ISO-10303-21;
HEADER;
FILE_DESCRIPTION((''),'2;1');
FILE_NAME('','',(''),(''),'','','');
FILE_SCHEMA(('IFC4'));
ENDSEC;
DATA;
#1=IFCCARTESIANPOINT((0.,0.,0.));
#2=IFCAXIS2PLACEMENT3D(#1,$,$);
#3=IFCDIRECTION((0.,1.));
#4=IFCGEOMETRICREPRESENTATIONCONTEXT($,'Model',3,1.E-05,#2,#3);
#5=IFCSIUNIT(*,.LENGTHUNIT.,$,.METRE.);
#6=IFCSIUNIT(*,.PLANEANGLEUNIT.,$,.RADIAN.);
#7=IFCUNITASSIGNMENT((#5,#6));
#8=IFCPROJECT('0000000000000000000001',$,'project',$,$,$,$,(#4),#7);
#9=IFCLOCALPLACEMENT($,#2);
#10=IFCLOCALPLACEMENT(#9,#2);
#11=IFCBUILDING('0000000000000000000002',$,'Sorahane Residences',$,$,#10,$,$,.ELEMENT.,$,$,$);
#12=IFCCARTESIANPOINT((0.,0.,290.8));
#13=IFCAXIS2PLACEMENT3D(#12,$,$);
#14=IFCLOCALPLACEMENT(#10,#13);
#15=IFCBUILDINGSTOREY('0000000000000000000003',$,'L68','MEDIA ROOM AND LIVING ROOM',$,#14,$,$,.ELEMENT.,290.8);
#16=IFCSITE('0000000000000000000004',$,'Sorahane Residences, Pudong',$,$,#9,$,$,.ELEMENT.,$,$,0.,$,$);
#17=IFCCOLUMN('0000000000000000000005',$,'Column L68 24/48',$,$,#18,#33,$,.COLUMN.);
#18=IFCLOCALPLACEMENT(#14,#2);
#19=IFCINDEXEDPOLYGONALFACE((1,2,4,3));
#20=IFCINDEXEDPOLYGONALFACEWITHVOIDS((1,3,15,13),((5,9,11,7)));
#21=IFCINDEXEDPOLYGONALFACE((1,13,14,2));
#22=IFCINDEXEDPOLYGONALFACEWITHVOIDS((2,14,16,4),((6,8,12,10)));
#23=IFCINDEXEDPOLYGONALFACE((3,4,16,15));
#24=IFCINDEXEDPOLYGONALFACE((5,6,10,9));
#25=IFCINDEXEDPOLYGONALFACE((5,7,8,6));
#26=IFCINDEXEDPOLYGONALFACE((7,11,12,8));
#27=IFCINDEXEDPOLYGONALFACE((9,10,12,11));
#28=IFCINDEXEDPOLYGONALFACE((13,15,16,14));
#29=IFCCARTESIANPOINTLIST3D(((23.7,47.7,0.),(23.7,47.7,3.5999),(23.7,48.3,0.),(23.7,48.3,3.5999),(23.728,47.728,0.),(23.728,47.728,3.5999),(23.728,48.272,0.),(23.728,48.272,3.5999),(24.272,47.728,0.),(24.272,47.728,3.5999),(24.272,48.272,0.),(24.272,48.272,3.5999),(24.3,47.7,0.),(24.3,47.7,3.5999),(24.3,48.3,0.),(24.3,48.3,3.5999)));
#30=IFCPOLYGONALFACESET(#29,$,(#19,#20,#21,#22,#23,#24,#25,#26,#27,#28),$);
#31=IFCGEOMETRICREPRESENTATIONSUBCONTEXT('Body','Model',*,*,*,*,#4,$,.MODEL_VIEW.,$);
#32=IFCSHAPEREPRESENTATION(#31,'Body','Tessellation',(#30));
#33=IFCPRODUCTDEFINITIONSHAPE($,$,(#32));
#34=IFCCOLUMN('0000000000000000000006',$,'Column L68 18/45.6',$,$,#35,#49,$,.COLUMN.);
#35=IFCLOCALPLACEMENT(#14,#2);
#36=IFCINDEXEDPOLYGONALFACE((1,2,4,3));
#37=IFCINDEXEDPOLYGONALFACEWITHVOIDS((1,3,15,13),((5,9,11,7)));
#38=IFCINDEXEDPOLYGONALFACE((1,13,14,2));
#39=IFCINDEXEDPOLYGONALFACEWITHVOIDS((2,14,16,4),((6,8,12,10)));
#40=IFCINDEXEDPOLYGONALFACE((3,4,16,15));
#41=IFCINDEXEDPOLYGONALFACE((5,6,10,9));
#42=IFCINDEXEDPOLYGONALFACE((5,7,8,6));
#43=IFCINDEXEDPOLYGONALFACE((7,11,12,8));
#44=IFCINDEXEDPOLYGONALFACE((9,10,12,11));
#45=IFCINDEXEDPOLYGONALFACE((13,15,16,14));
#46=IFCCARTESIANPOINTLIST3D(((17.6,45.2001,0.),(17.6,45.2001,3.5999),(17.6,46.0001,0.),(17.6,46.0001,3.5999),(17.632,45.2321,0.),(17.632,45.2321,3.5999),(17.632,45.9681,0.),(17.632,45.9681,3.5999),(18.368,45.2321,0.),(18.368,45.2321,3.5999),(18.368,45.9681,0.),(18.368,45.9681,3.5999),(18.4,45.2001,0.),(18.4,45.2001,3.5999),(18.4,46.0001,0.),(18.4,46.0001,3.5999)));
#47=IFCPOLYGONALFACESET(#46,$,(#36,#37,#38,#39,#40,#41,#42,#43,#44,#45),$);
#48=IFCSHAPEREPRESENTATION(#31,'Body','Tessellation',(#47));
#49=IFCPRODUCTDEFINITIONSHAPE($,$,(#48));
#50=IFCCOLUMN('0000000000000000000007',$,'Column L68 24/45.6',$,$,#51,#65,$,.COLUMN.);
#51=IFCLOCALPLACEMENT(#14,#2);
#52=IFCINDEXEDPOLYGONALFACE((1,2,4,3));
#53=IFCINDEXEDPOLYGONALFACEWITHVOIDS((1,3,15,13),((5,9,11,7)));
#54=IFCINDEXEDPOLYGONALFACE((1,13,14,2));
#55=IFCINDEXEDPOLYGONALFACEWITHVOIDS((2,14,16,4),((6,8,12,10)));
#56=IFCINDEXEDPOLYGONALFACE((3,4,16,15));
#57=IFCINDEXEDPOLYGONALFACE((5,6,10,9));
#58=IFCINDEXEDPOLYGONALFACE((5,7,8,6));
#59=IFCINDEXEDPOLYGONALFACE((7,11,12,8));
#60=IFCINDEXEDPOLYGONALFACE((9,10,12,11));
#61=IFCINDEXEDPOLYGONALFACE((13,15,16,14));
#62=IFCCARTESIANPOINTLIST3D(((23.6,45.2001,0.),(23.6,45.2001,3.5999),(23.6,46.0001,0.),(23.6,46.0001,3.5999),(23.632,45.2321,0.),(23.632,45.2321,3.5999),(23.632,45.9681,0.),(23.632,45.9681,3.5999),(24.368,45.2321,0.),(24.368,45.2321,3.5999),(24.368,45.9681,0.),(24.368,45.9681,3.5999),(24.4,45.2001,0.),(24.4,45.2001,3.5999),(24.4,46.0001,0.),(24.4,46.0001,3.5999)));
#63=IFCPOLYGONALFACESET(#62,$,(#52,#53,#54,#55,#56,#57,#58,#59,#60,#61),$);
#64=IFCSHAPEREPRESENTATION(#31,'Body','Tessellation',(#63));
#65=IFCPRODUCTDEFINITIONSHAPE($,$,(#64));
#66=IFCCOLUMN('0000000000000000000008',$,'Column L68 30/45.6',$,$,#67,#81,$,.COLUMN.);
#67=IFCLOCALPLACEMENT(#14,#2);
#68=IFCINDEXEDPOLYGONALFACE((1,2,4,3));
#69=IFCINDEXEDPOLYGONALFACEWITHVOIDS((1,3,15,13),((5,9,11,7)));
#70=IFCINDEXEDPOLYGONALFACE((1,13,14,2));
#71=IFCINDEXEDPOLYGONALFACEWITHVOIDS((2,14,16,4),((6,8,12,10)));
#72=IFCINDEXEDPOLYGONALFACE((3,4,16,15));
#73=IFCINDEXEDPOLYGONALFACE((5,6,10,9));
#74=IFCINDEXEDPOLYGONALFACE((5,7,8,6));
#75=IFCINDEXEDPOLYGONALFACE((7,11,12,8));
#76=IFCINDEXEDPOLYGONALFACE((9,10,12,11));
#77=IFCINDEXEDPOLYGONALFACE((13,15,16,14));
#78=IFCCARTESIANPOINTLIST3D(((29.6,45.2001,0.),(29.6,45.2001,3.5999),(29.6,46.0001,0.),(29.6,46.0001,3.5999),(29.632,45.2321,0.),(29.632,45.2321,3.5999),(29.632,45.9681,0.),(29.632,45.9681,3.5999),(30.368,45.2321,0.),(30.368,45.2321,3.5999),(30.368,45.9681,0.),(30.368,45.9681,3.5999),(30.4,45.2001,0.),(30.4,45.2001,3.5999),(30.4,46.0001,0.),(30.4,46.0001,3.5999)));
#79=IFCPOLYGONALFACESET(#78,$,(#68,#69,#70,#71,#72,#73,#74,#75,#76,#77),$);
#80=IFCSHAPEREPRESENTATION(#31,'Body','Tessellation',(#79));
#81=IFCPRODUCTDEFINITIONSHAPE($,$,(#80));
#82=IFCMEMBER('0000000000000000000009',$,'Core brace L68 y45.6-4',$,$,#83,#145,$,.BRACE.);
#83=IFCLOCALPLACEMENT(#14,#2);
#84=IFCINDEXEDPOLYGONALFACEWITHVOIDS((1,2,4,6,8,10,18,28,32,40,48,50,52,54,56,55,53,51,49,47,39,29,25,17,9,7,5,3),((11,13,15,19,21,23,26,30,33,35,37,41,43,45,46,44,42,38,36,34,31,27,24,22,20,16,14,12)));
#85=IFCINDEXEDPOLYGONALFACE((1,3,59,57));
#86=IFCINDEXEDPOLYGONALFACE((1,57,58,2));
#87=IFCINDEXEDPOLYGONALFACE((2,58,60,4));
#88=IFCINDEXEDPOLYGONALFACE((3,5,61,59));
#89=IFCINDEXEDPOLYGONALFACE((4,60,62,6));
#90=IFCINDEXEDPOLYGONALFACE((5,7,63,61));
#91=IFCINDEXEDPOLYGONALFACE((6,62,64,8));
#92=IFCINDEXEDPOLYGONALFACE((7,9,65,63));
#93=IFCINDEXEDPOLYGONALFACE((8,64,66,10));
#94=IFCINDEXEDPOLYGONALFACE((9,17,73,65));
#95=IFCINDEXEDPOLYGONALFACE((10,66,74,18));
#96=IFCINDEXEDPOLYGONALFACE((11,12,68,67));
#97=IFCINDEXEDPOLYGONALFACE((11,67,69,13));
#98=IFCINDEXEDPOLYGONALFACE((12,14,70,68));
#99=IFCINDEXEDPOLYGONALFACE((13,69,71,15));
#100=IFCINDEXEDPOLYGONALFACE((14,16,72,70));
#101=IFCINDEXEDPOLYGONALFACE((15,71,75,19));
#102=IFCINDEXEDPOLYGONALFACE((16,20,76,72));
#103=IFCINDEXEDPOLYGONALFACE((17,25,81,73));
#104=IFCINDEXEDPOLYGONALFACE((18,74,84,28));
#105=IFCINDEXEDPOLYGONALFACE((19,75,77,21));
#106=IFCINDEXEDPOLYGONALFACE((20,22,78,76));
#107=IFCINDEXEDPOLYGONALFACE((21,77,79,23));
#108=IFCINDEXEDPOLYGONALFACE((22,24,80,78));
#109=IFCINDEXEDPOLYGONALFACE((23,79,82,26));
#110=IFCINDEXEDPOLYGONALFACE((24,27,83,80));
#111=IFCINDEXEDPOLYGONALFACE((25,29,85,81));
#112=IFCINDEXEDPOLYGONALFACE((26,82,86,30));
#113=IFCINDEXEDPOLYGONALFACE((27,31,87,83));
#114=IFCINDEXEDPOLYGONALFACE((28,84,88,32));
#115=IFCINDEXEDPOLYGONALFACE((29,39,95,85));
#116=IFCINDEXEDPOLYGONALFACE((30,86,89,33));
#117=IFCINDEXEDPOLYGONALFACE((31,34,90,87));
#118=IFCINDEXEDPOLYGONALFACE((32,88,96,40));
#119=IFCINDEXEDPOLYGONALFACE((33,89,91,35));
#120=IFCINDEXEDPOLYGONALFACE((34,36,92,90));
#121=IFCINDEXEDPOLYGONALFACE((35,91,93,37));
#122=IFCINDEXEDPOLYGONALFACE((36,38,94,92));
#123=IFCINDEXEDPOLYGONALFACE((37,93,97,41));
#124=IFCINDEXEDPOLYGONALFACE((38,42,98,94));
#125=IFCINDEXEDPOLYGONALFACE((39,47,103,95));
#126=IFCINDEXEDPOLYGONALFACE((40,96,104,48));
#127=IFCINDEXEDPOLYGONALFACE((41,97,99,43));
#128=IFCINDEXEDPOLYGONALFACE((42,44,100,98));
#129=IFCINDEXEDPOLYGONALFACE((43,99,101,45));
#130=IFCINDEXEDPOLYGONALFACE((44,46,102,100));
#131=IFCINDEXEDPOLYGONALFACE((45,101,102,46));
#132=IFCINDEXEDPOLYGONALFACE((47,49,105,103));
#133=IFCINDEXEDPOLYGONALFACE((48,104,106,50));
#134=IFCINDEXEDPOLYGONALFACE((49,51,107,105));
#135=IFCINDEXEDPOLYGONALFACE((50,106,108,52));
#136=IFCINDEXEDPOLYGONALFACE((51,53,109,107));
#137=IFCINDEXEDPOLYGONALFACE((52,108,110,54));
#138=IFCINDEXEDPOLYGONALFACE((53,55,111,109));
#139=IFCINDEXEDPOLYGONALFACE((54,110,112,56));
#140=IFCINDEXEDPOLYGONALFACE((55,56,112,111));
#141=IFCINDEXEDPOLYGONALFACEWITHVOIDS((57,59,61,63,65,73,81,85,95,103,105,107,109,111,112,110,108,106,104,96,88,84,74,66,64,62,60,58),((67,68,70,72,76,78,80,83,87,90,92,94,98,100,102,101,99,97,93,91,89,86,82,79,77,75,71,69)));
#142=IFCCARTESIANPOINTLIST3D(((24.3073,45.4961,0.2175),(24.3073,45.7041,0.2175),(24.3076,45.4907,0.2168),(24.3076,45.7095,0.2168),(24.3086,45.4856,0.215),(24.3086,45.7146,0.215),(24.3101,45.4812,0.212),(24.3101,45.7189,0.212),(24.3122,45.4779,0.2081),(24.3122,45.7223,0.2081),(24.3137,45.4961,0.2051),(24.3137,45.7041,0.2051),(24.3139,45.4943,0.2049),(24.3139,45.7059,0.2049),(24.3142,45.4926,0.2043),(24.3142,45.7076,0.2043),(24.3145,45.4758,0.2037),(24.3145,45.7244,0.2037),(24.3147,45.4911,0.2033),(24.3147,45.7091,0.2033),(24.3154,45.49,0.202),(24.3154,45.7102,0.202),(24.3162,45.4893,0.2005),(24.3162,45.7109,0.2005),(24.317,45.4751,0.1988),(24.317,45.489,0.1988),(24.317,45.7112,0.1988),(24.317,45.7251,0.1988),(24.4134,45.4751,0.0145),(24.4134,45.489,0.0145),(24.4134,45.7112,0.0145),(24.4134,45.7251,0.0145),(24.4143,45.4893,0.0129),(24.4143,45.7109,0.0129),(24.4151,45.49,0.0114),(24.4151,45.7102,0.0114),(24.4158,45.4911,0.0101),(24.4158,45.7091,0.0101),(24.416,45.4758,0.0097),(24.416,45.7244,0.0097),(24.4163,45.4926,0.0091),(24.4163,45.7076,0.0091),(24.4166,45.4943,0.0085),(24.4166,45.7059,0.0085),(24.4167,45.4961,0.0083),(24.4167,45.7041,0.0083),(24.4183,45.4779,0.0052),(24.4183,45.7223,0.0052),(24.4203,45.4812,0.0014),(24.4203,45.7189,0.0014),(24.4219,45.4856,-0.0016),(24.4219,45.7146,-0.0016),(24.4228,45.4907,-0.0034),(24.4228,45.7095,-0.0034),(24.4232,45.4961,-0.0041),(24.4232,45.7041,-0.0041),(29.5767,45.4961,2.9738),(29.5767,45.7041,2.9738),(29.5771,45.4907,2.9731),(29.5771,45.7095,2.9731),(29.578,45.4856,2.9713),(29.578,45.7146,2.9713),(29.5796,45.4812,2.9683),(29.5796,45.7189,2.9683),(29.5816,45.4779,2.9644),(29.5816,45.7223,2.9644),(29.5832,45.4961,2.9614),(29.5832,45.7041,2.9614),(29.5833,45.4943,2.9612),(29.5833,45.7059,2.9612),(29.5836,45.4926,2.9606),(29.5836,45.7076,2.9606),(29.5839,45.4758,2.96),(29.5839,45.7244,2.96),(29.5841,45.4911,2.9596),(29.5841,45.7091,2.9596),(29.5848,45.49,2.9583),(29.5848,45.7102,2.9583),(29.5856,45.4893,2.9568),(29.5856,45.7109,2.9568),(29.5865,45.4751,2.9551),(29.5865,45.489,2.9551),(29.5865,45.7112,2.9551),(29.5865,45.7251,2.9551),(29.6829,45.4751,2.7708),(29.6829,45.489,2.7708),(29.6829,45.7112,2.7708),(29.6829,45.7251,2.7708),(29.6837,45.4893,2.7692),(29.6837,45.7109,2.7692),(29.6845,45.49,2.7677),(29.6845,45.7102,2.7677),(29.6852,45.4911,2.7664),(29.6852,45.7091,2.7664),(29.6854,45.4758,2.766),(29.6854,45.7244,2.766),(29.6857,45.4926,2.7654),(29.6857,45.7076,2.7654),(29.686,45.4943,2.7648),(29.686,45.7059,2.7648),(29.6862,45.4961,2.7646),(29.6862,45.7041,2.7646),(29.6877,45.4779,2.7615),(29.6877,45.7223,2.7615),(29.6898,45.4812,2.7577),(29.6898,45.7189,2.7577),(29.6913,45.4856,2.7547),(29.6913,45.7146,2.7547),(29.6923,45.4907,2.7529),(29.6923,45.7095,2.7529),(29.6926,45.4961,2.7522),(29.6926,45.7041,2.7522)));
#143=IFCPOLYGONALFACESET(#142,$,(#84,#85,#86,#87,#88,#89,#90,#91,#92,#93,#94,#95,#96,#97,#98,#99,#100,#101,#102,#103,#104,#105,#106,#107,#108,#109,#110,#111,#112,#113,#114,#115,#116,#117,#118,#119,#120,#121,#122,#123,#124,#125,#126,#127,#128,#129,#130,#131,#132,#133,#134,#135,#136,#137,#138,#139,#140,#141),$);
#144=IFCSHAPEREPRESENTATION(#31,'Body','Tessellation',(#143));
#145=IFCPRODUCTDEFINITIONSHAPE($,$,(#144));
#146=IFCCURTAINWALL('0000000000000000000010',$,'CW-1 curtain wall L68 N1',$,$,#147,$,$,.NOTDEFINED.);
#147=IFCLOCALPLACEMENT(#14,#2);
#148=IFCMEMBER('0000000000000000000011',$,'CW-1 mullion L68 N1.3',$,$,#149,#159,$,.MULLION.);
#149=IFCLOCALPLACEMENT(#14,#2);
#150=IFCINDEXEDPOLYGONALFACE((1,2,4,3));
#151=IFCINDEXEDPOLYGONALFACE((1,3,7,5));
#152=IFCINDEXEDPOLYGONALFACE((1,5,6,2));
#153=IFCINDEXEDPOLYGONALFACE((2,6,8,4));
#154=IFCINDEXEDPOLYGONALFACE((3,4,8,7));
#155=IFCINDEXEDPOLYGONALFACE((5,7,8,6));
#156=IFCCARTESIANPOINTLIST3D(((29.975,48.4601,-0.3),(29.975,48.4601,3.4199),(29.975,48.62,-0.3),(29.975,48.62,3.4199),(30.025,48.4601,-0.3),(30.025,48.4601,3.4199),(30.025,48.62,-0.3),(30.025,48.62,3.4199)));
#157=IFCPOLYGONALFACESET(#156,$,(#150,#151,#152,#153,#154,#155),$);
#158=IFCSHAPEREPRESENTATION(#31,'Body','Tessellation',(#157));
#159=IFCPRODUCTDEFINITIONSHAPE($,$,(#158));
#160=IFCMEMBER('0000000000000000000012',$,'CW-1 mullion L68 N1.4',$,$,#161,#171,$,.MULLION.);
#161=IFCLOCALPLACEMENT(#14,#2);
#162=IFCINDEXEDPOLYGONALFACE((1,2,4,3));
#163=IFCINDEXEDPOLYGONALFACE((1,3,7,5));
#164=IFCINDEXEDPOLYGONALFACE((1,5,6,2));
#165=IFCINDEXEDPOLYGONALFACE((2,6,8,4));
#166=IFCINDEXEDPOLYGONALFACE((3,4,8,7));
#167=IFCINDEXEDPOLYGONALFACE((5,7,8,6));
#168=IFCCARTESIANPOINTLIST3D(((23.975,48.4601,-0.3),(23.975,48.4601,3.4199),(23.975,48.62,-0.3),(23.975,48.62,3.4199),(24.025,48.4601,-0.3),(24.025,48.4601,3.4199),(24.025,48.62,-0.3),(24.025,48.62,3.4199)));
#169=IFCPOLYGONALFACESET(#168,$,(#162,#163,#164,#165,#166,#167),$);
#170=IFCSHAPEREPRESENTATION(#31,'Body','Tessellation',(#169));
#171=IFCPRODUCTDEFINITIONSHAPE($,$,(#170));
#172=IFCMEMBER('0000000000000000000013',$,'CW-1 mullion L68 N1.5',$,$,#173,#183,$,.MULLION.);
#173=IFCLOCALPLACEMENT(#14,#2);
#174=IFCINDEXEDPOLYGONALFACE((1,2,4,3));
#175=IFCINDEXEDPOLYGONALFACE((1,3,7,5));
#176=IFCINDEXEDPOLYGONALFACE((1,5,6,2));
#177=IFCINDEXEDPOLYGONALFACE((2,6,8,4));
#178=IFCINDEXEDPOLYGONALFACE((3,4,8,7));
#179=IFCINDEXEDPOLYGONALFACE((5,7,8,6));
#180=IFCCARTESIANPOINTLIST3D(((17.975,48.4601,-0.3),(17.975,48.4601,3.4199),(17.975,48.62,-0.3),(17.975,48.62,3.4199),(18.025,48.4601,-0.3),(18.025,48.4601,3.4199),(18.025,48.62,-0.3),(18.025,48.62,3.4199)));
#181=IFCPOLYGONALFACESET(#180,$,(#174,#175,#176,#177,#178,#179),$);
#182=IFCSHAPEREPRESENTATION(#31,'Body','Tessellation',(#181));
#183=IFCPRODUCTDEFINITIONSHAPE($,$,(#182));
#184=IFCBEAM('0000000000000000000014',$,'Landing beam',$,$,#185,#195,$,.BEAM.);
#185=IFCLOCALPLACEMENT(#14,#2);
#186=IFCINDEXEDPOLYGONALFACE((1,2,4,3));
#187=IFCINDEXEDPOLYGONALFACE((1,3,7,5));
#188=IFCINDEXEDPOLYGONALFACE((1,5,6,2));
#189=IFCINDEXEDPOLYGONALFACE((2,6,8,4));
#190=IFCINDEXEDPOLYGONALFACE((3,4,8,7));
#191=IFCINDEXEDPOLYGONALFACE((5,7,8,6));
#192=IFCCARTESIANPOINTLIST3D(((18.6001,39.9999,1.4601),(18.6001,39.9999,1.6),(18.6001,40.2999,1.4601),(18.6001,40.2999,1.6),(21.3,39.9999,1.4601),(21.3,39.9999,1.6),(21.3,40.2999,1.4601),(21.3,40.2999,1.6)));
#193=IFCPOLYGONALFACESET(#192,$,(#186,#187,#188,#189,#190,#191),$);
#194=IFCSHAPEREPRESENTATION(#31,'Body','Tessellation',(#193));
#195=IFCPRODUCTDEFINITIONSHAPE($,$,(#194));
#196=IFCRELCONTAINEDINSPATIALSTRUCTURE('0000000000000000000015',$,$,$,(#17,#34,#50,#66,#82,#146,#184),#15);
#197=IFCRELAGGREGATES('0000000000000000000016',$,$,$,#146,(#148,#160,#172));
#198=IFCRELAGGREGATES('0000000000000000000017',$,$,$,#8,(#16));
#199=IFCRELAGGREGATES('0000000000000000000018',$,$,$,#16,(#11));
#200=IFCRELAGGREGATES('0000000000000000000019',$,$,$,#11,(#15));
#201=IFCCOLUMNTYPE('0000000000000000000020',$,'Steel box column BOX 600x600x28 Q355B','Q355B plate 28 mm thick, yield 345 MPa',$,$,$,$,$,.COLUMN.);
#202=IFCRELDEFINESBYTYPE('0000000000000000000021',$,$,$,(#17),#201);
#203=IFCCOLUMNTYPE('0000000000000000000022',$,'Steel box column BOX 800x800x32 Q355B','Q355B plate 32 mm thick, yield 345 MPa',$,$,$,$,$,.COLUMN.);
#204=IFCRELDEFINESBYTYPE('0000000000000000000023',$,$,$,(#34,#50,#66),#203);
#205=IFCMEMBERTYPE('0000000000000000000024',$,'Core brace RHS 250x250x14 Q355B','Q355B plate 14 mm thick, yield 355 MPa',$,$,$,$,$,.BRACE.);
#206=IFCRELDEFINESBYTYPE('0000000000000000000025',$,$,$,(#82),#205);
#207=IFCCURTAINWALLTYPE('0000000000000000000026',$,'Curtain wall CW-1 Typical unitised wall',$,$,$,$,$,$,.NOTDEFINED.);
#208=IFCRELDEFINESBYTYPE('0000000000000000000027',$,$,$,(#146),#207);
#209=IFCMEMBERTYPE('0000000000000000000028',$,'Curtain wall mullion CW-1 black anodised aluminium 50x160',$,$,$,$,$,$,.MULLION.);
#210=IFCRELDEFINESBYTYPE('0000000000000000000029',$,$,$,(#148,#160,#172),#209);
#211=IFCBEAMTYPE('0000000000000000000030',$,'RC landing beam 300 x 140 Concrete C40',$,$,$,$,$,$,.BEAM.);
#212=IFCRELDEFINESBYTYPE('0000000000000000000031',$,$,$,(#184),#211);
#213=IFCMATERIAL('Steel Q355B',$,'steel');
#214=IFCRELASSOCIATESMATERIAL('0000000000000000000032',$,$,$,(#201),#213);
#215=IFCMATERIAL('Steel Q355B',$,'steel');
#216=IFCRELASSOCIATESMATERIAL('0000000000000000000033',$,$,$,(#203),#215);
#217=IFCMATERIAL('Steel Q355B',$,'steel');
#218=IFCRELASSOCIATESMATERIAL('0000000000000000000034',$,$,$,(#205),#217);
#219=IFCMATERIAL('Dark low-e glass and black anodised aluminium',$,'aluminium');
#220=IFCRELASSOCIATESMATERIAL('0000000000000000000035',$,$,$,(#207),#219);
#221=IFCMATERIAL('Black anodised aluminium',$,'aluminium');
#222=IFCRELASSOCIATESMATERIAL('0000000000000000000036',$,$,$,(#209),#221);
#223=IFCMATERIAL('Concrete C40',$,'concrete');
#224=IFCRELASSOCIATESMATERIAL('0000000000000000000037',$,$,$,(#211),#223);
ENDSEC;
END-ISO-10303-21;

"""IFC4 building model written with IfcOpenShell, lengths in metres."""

from ifc_helpers import new_model, si_unit, direction, frame, origin, origin_2d, place, context, subcontext, project, spatial, rectangle, hollow_rectangle, extrude, material, material_profile, profile_set, type_object, element, aggregate, save


model = new_model("IFC4")

# Units and contexts
model_context = context("Model", 3, precision=1e-05, world=origin(), true_north=direction((0.0, 1.0)))
body_context = subcontext(model_context, "Body", "Model", "MODEL_VIEW")
ifc_project = project(units=[si_unit("LENGTHUNIT", "METRE"), si_unit("PLANEANGLEUNIT", "RADIAN")], contexts=[model_context])

# Site, building, storey
site_placement = place(None, origin())
site = spatial("IfcSite", under=ifc_project, at=site_placement, Name="Sorahane Residences, Pudong", CompositionType="ELEMENT", RefElevation=0.0)
building_placement = place(site_placement, origin())
building = spatial("IfcBuilding", under=site, at=building_placement, Name="Sorahane Residences", CompositionType="ELEMENT")
storey_placement = place(building_placement, frame((0.0, 0.0, 290.8)))
storey = spatial("IfcBuildingStorey", under=building, at=storey_placement, Name="L68", Description="MEDIA ROOM AND LIVING ROOM", CompositionType="ELEMENT", Elevation=290.8)

# Columns
ifc_material_1 = material(Name="Steel Q355B", Category="steel")
ifc_material_profile_1 = material_profile(ifc_material_1, hollow_rectangle(XDim=0.6001, YDim=0.6001, WallThickness=0.0281, at=origin_2d()), Name="BOX 600x600x28")
ifc_profile_set_1 = profile_set([ifc_material_profile_1], Name="Steel Q355B")
column_type_1 = type_object("IfcColumnType", Name="Steel box column BOX 600x600x28 Q355B", Description="Q355B plate 28 mm thick, yield 345 MPa", PredefinedType="COLUMN", material=ifc_profile_set_1)
column_placement = place(storey_placement, frame((24.0, 48.0, 0.0), z_axis=(0.0, 0.0, 1.0), x_axis=(1.0, 0.0, 0.0)))
element("IfcColumn", 1, at=column_placement, inside=storey, type_object=column_type_1, Name="Column L68 24/48", PredefinedType="COLUMN", context=body_context, shape_type="SweptSolid", body=[
    extrude(hollow_rectangle(XDim=0.6001, YDim=0.6001, WallThickness=0.0281, at=origin_2d()), origin(), (0.0, 0.0, 1.0), 3.5999),
])
ifc_material_2 = material(Name="Steel Q355B", Category="steel")
ifc_material_profile_2 = material_profile(ifc_material_2, hollow_rectangle(XDim=0.8, YDim=0.8, WallThickness=0.032, at=origin_2d()), Name="BOX 800x800x32")
ifc_profile_set_2 = profile_set([ifc_material_profile_2], Name="Steel Q355B")
column_type_2 = type_object("IfcColumnType", Name="Steel box column BOX 800x800x32 Q355B", Description="Q355B plate 32 mm thick, yield 345 MPa", PredefinedType="COLUMN", material=ifc_profile_set_2)
for number, where, z_axis, x_axis, name in (
    (2, (18.0, 45.6001, 0.0), (0.0, 0.0, 1.0), (1.0, 0.0, 0.0), "Column L68 18/45.6"),
    (3, (24.0, 45.6001, 0.0), (0.0, 0.0, 1.0), (1.0, 0.0, 0.0), "Column L68 24/45.6"),
    (4, (30.0, 45.6001, 0.0), (0.0, 0.0, 1.0), (1.0, 0.0, 0.0), "Column L68 30/45.6"),
):
    element("IfcColumn", number, at=place(storey_placement, frame(where, z_axis=z_axis, x_axis=x_axis)), inside=storey, type_object=column_type_2, Name=name, PredefinedType="COLUMN", context=body_context, shape_type="SweptSolid", body=[
        extrude(hollow_rectangle(XDim=0.8, YDim=0.8, WallThickness=0.032, at=origin_2d()), origin(), (0.0, 0.0, 1.0), 3.5999),
    ])

# Member
ifc_material_3 = material(Name="Steel Q355B", Category="steel")
ifc_material_profile_3 = material_profile(ifc_material_3, hollow_rectangle(XDim=0.25, YDim=0.25, WallThickness=0.0139, InnerFilletRadius=0.0071, OuterFilletRadius=0.021, at=origin_2d()), Name="RHS 250x250x14")
ifc_profile_set_3 = profile_set([ifc_material_profile_3], Name="Steel Q355B")
member_type_1 = type_object("IfcMemberType", Name="Core brace RHS 250x250x14 Q355B", Description="Q355B plate 14 mm thick, yield 355 MPa", PredefinedType="BRACE", material=ifc_profile_set_3)
member_1_placement = place(storey_placement, frame((24.3652, 45.6001, 0.1067), z_axis=(0.8861, 0.0, 0.463495), x_axis=(0.0, 1.0, 0.0)))
element("IfcMember", 5, at=member_1_placement, inside=storey, type_object=member_type_1, Name="Core brace L68 y45.6-4", PredefinedType="BRACE", context=body_context, shape_type="SweptSolid", body=[
    extrude(hollow_rectangle(XDim=0.25, YDim=0.25, WallThickness=0.0139, InnerFilletRadius=0.0071, OuterFilletRadius=0.021, at=origin_2d()), origin(), (0.0, 0.0, 1.0), 5.9468),
])

# Curtain wall, members
ifc_material_4 = material(Name="Dark low-e glass and black anodised aluminium", Category="aluminium")
curtain_wall_type = type_object("IfcCurtainWallType", Name="Curtain wall CW-1 Typical unitised wall", PredefinedType="NOTDEFINED", material=ifc_material_4)
curtain_wall_placement = place(storey_placement, origin())
curtain_wall = element("IfcCurtainWall", 6, at=curtain_wall_placement, inside=storey, type_object=curtain_wall_type, Name="CW-1 curtain wall L68 N1", PredefinedType="NOTDEFINED")
ifc_material_5 = material(Name="Black anodised aluminium", Category="aluminium")
ifc_material_profile_4 = material_profile(ifc_material_5, rectangle(XDim=0.1599, YDim=0.05, at=origin_2d()), Name="Curtain wall mullion CW-1 black anodised aluminium 50x160")
ifc_profile_set_4 = profile_set([ifc_material_profile_4], Name="Black anodised aluminium")
member_type_2 = type_object("IfcMemberType", Name="Curtain wall mullion CW-1 black anodised aluminium 50x160", PredefinedType="MULLION", material=ifc_profile_set_4)
member_2_placement = place(storey_placement, frame((30.0, 48.54, -0.3), z_axis=(0.0, 0.0, 1.0), x_axis=(0.0, 1.0, 0.0)))
member_2 = element("IfcMember", 7, at=member_2_placement, type_object=member_type_2, Name="CW-1 mullion L68 N1.3", PredefinedType="MULLION", context=body_context, shape_type="SweptSolid", body=[
    extrude(rectangle(XDim=0.1599, YDim=0.05, at=origin_2d()), origin(), (0.0, 0.0, 1.0), 3.72),
])
member_3_placement = place(storey_placement, frame((24.0, 48.54, -0.3), z_axis=(0.0, 0.0, 1.0), x_axis=(0.0, 1.0, 0.0)))
member_3 = element("IfcMember", 8, at=member_3_placement, type_object=member_type_2, Name="CW-1 mullion L68 N1.4", PredefinedType="MULLION", context=body_context, shape_type="SweptSolid", body=[
    extrude(rectangle(XDim=0.1599, YDim=0.05, at=origin_2d()), origin(), (0.0, 0.0, 1.0), 3.72),
])
member_4_placement = place(storey_placement, frame((18.0, 48.54, -0.3), z_axis=(0.0, 0.0, 1.0), x_axis=(0.0, 1.0, 0.0)))
member_4 = element("IfcMember", 9, at=member_4_placement, type_object=member_type_2, Name="CW-1 mullion L68 N1.5", PredefinedType="MULLION", context=body_context, shape_type="SweptSolid", body=[
    extrude(rectangle(XDim=0.1599, YDim=0.05, at=origin_2d()), origin(), (0.0, 0.0, 1.0), 3.72),
])

# Beam
ifc_material_6 = material(Name="Concrete C40", Category="concrete")
ifc_material_profile_5 = material_profile(ifc_material_6, rectangle(XDim=0.3, YDim=0.1399, at=origin_2d()), Name="300x140")
ifc_profile_set_5 = profile_set([ifc_material_profile_5], Name="Concrete C40")
beam_type_1 = type_object("IfcBeamType", Name="RC landing beam 300 x 140 Concrete C40", PredefinedType="BEAM", material=ifc_profile_set_5)
beam_1_placement = place(storey_placement, frame((18.6001, 40.1499, 1.53), z_axis=(1.0, 0.0, 0.0), x_axis=(0.0, 1.0, 0.0)))
element("IfcBeam", 10, at=beam_1_placement, inside=storey, type_object=beam_type_1, Name="Landing beam", PredefinedType="BEAM", context=body_context, shape_type="SweptSolid", body=[
    extrude(rectangle(XDim=0.3, YDim=0.1399, at=origin_2d()), origin(), (0.0, 0.0, 1.0), 2.7),
])

aggregate(curtain_wall, [member_2, member_3, member_4])

save(model, "model.ifc")
